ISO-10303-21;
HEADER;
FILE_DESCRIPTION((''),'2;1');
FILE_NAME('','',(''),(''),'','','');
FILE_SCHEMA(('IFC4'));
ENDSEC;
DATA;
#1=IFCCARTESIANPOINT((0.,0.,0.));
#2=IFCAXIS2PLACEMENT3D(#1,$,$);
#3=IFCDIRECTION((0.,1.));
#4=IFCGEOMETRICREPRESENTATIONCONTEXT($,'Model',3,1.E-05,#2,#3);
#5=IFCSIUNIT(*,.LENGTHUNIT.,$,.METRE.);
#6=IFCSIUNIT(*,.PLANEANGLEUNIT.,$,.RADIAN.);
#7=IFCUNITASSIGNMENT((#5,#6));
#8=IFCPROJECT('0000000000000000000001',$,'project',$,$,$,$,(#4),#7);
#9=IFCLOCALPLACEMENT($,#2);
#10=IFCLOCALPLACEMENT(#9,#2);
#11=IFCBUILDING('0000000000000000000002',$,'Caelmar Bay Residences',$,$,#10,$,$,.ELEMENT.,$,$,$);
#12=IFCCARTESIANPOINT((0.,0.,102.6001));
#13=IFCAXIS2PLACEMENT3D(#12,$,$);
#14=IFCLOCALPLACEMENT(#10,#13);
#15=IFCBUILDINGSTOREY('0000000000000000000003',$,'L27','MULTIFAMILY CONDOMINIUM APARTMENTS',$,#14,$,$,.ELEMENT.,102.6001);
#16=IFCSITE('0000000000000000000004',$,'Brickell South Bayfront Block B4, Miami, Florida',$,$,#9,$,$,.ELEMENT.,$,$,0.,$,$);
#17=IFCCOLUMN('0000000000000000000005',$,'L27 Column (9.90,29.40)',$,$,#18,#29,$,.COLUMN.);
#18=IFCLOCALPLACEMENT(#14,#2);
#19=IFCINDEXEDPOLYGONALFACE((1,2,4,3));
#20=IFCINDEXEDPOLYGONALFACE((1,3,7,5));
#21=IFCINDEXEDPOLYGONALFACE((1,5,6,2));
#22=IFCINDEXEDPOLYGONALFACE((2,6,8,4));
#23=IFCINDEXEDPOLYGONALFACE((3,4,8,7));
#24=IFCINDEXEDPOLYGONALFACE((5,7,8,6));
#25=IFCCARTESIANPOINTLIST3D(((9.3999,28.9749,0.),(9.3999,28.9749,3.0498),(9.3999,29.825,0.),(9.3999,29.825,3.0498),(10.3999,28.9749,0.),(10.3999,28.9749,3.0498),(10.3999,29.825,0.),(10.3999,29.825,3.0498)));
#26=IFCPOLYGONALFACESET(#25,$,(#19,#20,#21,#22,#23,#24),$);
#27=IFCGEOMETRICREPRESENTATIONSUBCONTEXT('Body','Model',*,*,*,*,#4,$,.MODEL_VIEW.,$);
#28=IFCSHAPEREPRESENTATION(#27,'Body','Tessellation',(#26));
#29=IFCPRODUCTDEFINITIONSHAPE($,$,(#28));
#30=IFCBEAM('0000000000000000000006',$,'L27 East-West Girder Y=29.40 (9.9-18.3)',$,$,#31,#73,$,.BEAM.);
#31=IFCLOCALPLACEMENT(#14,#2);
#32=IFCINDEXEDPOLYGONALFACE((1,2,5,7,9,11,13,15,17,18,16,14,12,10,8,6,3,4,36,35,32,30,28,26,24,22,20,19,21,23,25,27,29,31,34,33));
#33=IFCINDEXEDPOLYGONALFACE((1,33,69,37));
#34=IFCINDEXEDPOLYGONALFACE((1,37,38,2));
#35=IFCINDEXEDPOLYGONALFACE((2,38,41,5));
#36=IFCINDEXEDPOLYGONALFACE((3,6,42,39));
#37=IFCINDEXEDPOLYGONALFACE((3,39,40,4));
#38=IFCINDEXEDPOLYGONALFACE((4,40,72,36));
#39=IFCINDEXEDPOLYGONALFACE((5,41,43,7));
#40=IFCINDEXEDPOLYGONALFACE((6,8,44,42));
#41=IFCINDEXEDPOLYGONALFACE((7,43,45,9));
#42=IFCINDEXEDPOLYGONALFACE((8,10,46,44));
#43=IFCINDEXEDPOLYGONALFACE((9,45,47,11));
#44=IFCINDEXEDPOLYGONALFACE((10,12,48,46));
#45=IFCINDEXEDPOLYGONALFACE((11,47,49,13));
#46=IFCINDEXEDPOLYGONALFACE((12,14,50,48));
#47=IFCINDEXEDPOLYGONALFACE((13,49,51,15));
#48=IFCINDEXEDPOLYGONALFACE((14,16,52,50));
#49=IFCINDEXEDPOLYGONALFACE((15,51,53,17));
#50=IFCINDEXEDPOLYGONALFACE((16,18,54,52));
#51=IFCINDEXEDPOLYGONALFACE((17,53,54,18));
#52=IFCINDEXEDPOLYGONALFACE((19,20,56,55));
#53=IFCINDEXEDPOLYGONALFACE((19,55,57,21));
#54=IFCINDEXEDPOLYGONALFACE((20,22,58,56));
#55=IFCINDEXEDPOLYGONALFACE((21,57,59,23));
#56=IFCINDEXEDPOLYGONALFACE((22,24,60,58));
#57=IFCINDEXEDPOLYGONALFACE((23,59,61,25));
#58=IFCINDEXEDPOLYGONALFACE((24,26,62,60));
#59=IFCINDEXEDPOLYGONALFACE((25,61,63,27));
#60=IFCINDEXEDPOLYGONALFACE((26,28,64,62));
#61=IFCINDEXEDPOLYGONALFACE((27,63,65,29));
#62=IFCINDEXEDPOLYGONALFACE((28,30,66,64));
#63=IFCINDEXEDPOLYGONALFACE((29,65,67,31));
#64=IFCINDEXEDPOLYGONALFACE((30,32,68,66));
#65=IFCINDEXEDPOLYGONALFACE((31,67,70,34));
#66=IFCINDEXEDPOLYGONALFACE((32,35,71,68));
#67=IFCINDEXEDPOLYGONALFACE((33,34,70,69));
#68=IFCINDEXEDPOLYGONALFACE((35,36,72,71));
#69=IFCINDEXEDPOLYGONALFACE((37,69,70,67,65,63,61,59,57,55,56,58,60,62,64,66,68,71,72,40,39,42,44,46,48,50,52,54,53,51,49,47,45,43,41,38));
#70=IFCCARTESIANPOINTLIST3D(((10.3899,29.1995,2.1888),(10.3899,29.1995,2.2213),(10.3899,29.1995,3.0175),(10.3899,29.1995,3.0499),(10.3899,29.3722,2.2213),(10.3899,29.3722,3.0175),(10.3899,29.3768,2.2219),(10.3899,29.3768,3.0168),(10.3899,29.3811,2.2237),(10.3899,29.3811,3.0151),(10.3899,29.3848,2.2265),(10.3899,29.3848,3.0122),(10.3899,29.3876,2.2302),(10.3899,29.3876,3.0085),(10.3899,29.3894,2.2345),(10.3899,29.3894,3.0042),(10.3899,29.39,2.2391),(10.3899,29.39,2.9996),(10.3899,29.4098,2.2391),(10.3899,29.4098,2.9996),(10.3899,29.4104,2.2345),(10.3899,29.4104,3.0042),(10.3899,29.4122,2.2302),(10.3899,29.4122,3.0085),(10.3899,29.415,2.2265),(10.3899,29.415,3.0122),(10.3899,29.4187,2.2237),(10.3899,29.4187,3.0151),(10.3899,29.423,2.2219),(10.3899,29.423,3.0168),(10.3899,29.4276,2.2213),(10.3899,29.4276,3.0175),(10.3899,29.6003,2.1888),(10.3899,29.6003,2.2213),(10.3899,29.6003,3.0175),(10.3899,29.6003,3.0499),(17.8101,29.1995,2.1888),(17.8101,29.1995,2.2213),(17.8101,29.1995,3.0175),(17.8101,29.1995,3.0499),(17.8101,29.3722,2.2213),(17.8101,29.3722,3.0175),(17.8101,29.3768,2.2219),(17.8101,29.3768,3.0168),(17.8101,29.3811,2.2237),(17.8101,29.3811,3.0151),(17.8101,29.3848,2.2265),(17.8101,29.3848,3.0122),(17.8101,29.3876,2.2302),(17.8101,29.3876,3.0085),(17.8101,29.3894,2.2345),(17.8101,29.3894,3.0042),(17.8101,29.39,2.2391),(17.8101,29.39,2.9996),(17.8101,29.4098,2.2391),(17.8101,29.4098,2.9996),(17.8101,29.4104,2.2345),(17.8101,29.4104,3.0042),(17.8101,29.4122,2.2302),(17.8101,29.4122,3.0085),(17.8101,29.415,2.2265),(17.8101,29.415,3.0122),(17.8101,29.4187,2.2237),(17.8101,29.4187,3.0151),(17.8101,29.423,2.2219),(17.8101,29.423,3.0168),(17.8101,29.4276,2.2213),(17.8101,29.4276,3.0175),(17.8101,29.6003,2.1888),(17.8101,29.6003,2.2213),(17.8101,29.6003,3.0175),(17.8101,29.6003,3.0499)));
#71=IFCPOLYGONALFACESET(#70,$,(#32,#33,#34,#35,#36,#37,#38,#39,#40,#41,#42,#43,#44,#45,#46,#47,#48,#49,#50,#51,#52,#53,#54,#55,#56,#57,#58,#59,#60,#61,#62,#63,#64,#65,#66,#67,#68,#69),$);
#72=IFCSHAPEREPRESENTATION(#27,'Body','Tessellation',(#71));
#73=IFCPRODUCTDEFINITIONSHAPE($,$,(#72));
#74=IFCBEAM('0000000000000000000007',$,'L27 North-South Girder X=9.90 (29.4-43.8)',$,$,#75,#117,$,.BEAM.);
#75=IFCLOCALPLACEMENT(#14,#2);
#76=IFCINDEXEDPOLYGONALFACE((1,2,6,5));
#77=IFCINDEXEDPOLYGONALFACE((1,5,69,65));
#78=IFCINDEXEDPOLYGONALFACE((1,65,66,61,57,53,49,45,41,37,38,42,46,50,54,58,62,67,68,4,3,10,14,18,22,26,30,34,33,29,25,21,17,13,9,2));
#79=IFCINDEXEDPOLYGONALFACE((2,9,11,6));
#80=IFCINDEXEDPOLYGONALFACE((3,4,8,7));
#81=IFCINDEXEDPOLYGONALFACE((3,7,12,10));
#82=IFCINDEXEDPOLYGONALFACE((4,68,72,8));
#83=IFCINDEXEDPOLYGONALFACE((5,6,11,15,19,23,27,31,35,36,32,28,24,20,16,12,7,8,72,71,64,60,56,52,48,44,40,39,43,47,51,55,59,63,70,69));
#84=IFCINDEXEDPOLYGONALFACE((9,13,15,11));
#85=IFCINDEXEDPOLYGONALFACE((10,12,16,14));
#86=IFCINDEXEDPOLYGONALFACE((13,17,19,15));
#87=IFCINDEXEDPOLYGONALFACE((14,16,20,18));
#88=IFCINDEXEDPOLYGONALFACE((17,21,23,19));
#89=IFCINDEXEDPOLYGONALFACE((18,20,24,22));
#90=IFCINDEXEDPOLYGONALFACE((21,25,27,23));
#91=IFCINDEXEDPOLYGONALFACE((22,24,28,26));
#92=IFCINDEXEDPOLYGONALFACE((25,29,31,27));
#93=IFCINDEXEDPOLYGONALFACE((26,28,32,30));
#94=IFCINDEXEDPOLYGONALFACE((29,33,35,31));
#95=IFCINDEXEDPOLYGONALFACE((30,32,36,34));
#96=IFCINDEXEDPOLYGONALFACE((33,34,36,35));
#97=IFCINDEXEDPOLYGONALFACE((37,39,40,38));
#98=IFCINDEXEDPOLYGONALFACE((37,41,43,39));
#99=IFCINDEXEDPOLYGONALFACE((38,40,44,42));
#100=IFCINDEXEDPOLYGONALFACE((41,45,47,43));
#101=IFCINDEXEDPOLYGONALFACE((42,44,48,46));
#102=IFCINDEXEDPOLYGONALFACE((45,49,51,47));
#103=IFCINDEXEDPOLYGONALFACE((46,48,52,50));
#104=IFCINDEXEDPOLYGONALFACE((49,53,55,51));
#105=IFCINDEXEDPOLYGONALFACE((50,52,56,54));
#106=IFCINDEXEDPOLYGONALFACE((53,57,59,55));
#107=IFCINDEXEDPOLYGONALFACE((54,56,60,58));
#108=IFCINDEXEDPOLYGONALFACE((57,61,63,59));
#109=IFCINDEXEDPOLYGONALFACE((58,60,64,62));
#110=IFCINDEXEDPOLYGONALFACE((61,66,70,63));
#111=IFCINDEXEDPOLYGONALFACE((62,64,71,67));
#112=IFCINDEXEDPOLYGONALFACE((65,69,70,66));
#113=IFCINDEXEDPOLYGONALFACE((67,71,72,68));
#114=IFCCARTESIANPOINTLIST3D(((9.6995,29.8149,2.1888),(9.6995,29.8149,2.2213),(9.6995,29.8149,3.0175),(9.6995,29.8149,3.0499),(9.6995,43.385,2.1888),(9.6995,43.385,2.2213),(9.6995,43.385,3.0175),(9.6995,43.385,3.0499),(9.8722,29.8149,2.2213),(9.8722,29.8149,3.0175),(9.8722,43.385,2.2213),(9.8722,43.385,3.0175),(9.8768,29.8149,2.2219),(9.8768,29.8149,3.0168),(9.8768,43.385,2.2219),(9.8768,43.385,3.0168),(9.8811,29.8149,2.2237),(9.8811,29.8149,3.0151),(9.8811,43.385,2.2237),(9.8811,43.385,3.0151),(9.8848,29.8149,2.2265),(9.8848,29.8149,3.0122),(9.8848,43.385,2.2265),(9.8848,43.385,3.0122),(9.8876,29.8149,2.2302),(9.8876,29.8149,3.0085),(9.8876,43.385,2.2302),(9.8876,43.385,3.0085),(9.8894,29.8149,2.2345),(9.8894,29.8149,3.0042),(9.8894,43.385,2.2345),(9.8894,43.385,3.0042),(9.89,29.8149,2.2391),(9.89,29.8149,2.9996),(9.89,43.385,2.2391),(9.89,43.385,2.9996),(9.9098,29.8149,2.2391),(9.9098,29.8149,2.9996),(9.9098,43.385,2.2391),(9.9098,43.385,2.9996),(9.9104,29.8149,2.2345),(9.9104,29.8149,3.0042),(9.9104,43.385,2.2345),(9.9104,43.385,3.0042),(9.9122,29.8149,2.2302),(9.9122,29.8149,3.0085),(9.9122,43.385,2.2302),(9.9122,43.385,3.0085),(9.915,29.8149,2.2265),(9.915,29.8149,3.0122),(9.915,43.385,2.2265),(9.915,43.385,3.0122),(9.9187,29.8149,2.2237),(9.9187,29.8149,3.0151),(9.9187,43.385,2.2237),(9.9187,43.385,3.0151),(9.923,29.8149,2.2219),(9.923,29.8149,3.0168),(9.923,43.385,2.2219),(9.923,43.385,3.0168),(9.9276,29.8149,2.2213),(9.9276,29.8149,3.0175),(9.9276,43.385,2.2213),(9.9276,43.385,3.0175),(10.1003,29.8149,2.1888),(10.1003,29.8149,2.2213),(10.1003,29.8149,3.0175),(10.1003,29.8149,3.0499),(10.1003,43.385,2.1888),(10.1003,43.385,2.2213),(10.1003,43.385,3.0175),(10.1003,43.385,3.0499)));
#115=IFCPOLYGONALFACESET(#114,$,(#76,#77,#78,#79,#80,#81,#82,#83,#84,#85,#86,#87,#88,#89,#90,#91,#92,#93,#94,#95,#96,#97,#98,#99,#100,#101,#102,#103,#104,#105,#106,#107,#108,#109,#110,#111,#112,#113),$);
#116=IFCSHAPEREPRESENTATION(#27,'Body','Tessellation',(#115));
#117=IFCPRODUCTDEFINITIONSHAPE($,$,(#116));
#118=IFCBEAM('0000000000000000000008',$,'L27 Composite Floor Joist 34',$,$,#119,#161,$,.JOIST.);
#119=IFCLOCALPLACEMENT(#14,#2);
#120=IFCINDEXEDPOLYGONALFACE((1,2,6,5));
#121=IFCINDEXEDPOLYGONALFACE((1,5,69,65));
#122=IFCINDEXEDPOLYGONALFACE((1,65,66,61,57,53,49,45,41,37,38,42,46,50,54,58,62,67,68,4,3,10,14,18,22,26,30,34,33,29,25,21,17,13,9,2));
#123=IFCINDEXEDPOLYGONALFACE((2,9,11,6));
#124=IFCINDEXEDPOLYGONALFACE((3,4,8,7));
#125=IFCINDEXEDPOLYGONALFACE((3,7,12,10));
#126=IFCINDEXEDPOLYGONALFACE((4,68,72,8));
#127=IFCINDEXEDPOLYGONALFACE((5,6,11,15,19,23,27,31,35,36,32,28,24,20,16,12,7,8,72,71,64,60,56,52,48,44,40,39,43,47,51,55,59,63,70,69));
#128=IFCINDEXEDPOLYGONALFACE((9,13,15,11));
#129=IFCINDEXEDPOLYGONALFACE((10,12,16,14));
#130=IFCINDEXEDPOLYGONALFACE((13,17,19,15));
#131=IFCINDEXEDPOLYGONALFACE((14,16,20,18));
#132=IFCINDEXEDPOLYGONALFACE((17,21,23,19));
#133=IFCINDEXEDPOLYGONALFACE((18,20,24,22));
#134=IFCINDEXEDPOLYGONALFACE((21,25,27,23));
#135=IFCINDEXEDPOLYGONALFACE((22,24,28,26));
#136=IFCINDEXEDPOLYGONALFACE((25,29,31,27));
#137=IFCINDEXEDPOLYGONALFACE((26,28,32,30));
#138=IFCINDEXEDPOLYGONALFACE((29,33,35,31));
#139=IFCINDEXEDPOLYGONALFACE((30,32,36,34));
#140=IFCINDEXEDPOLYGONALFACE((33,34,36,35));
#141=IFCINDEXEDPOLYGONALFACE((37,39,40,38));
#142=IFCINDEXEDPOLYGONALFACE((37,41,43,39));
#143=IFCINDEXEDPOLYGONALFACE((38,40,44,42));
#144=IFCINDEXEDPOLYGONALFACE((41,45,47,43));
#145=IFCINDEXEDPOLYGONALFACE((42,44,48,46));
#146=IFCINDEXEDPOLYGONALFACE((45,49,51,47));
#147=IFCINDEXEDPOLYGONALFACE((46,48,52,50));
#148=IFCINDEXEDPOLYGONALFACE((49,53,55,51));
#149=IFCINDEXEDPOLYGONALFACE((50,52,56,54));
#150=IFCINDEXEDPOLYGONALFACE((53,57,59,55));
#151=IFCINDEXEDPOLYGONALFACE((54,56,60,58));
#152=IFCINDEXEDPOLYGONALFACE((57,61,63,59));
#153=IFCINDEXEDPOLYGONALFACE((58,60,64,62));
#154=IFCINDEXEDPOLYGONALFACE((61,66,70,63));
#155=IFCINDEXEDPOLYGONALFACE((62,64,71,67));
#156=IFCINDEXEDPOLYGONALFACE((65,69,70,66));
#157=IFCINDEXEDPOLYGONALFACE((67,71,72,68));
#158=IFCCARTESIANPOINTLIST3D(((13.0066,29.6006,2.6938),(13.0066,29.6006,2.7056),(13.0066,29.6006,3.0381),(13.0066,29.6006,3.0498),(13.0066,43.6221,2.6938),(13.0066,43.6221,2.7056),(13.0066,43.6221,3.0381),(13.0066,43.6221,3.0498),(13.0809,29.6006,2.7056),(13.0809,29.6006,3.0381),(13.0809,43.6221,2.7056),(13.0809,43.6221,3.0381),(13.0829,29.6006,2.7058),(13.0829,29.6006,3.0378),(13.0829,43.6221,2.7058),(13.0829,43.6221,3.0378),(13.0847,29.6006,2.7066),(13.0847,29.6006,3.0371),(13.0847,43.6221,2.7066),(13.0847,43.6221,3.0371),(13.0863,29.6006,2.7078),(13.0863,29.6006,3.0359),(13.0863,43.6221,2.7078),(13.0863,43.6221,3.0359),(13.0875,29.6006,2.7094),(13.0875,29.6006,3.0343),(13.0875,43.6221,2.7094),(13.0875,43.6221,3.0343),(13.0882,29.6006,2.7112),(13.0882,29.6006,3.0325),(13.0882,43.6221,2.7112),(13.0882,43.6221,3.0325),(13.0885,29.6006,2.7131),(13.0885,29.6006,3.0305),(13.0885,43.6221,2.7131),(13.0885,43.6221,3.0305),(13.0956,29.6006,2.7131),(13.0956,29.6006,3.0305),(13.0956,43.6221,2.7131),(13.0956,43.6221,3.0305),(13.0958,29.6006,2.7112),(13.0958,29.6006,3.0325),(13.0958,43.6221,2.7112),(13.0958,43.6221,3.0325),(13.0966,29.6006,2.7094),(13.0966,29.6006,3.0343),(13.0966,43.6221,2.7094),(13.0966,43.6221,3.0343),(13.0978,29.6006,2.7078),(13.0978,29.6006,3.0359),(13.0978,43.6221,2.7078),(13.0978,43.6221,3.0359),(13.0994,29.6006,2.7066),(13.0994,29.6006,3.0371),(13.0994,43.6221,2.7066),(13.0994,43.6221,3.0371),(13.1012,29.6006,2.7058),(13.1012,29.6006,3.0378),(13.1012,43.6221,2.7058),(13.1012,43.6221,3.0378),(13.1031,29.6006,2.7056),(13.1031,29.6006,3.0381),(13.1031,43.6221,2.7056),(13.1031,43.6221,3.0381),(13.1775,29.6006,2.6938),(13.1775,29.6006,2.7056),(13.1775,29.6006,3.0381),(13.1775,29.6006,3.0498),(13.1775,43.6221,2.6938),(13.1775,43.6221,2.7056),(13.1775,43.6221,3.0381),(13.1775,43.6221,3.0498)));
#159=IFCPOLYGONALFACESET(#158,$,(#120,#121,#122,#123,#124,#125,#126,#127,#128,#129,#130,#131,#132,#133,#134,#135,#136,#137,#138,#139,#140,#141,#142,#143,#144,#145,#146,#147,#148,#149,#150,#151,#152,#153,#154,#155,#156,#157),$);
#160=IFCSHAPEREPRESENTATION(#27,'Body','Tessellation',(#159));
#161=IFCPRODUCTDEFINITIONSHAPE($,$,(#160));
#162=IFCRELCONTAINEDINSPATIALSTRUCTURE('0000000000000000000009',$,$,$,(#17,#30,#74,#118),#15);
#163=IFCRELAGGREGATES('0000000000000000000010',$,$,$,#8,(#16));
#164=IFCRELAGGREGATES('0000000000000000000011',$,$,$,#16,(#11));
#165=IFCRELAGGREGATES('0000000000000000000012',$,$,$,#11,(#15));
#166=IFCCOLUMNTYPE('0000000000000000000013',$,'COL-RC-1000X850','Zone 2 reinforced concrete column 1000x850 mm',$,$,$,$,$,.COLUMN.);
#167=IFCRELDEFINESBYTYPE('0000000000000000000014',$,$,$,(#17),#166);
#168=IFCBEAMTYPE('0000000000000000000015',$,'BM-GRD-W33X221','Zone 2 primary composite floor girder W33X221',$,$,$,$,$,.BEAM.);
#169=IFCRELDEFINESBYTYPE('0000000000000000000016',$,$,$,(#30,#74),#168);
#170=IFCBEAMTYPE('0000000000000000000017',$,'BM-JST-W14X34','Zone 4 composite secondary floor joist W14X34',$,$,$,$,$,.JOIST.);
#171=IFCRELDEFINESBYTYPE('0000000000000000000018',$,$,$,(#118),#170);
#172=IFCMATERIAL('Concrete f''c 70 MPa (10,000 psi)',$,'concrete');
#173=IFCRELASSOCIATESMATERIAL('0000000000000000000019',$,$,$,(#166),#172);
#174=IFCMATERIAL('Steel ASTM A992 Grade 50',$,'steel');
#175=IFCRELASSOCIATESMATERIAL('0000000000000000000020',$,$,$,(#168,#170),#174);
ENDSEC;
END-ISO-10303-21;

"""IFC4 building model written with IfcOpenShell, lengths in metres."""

from ifc_helpers import new_model, si_unit, direction, frame, origin, origin_2d, place, context, subcontext, project, spatial, rectangle, i_section, extrude, material, material_profile, profile_set, type_object, element, save


model = new_model("IFC4")

# Units and contexts
model_context = context("Model", 3, precision=1e-05, world=origin(), true_north=direction((0.0, 1.0)))
body_context = subcontext(model_context, "Body", "Model", "MODEL_VIEW")
ifc_project = project(units=[si_unit("LENGTHUNIT", "METRE"), si_unit("PLANEANGLEUNIT", "RADIAN")], contexts=[model_context])

# Site, building, storey
site_placement = place(None, origin())
site = spatial("IfcSite", under=ifc_project, at=site_placement, Name="Brickell South Bayfront Block B4, Miami, Florida", CompositionType="ELEMENT", RefElevation=0.0)
building_placement = place(site_placement, origin())
building = spatial("IfcBuilding", under=site, at=building_placement, Name="Caelmar Bay Residences", CompositionType="ELEMENT")
storey_placement = place(building_placement, frame((0.0, 0.0, 102.6001)))
storey = spatial("IfcBuildingStorey", under=building, at=storey_placement, Name="L27", Description="MULTIFAMILY CONDOMINIUM APARTMENTS", CompositionType="ELEMENT", Elevation=102.6001)

# Column
ifc_material_1 = material(Name="Concrete f'c 70 MPa (10,000 psi)", Category="concrete")
ifc_material_profile_1 = material_profile(ifc_material_1, rectangle(XDim=1.0, YDim=0.8501, at=origin_2d()), Name="RC-COL-1000X850")
ifc_profile_set_1 = profile_set([ifc_material_profile_1], Name="Concrete f'c 70 MPa (10,000 psi)")
column_type = type_object("IfcColumnType", Name="COL-RC-1000X850", Description="Zone 2 reinforced concrete column 1000x850 mm", PredefinedType="COLUMN", material=ifc_profile_set_1)
column_placement = place(storey_placement, frame((9.8999, 29.3999, 0.0), z_axis=(0.0, 0.0, 1.0), x_axis=(1.0, 0.0, 0.0)))
element("IfcColumn", 1, at=column_placement, inside=storey, type_object=column_type, Name="L27 Column (9.90,29.40)", PredefinedType="COLUMN", context=body_context, shape_type="SweptSolid", body=[
    extrude(rectangle(XDim=1.0, YDim=0.8501, at=origin_2d()), origin(), (0.0, 0.0, 1.0), 3.0498),
])

# Beams
ifc_material_2 = material(Name="Steel ASTM A992 Grade 50", Category="steel")
ifc_material_profile_2 = material_profile(ifc_material_2, i_section(OverallWidth=0.4009, OverallDepth=0.8611, WebThickness=0.0198, FlangeThickness=0.0325, FilletRadius=0.0178, at=origin_2d()), Name="W33X221")
ifc_profile_set_2 = profile_set([ifc_material_profile_2], Name="Steel ASTM A992 Grade 50")
beam_type_1 = type_object("IfcBeamType", Name="BM-GRD-W33X221", Description="Zone 2 primary composite floor girder W33X221", PredefinedType="BEAM", material=ifc_profile_set_2)
beam_1_placement = place(storey_placement, frame((10.3899, 29.3999, 2.6194), z_axis=(1.0, 0.0, 0.0), x_axis=(0.0, 1.0, 0.0)))
element("IfcBeam", 2, at=beam_1_placement, inside=storey, type_object=beam_type_1, Name="L27 East-West Girder Y=29.40 (9.9-18.3)", PredefinedType="BEAM", context=body_context, shape_type="SweptSolid", body=[
    extrude(i_section(OverallWidth=0.4009, OverallDepth=0.8611, WebThickness=0.0198, FlangeThickness=0.0325, FilletRadius=0.0178, at=origin_2d()), origin(), (0.0, 0.0, 1.0), 7.4202),
])
beam_2_placement = place(storey_placement, frame((9.8999, 29.8149, 2.6194), z_axis=(0.0, 1.0, 0.0), x_axis=(-1.0, 0.0, 0.0)))
element("IfcBeam", 3, at=beam_2_placement, inside=storey, type_object=beam_type_1, Name="L27 North-South Girder X=9.90 (29.4-43.8)", PredefinedType="BEAM", context=body_context, shape_type="SweptSolid", body=[
    extrude(i_section(OverallWidth=0.4009, OverallDepth=0.8611, WebThickness=0.0198, FlangeThickness=0.0325, FilletRadius=0.0178, at=origin_2d()), origin(), (0.0, 0.0, 1.0), 13.5701),
])
ifc_material_profile_3 = material_profile(ifc_material_2, i_section(OverallWidth=0.1709, OverallDepth=0.356, WebThickness=0.0071, FlangeThickness=0.0117, FilletRadius=0.0076, at=origin_2d()), Name="W14X34")
ifc_profile_set_3 = profile_set([ifc_material_profile_3], Name="Steel ASTM A992 Grade 50")
beam_type_2 = type_object("IfcBeamType", Name="BM-JST-W14X34", Description="Zone 4 composite secondary floor joist W14X34", PredefinedType="JOIST", material=ifc_profile_set_3)
beam_3_placement = place(storey_placement, frame((13.092, 29.6006, 2.8718), z_axis=(0.0, 1.0, 0.0), x_axis=(-1.0, 0.0, 0.0)))
element("IfcBeam", 4, at=beam_3_placement, inside=storey, type_object=beam_type_2, Name="L27 Composite Floor Joist 34", PredefinedType="JOIST", context=body_context, shape_type="SweptSolid", body=[
    extrude(i_section(OverallWidth=0.1709, OverallDepth=0.356, WebThickness=0.0071, FlangeThickness=0.0117, FilletRadius=0.0076, at=origin_2d()), origin(), (0.0, 0.0, 1.0), 14.0215),
])

save(model, "model.ifc")
